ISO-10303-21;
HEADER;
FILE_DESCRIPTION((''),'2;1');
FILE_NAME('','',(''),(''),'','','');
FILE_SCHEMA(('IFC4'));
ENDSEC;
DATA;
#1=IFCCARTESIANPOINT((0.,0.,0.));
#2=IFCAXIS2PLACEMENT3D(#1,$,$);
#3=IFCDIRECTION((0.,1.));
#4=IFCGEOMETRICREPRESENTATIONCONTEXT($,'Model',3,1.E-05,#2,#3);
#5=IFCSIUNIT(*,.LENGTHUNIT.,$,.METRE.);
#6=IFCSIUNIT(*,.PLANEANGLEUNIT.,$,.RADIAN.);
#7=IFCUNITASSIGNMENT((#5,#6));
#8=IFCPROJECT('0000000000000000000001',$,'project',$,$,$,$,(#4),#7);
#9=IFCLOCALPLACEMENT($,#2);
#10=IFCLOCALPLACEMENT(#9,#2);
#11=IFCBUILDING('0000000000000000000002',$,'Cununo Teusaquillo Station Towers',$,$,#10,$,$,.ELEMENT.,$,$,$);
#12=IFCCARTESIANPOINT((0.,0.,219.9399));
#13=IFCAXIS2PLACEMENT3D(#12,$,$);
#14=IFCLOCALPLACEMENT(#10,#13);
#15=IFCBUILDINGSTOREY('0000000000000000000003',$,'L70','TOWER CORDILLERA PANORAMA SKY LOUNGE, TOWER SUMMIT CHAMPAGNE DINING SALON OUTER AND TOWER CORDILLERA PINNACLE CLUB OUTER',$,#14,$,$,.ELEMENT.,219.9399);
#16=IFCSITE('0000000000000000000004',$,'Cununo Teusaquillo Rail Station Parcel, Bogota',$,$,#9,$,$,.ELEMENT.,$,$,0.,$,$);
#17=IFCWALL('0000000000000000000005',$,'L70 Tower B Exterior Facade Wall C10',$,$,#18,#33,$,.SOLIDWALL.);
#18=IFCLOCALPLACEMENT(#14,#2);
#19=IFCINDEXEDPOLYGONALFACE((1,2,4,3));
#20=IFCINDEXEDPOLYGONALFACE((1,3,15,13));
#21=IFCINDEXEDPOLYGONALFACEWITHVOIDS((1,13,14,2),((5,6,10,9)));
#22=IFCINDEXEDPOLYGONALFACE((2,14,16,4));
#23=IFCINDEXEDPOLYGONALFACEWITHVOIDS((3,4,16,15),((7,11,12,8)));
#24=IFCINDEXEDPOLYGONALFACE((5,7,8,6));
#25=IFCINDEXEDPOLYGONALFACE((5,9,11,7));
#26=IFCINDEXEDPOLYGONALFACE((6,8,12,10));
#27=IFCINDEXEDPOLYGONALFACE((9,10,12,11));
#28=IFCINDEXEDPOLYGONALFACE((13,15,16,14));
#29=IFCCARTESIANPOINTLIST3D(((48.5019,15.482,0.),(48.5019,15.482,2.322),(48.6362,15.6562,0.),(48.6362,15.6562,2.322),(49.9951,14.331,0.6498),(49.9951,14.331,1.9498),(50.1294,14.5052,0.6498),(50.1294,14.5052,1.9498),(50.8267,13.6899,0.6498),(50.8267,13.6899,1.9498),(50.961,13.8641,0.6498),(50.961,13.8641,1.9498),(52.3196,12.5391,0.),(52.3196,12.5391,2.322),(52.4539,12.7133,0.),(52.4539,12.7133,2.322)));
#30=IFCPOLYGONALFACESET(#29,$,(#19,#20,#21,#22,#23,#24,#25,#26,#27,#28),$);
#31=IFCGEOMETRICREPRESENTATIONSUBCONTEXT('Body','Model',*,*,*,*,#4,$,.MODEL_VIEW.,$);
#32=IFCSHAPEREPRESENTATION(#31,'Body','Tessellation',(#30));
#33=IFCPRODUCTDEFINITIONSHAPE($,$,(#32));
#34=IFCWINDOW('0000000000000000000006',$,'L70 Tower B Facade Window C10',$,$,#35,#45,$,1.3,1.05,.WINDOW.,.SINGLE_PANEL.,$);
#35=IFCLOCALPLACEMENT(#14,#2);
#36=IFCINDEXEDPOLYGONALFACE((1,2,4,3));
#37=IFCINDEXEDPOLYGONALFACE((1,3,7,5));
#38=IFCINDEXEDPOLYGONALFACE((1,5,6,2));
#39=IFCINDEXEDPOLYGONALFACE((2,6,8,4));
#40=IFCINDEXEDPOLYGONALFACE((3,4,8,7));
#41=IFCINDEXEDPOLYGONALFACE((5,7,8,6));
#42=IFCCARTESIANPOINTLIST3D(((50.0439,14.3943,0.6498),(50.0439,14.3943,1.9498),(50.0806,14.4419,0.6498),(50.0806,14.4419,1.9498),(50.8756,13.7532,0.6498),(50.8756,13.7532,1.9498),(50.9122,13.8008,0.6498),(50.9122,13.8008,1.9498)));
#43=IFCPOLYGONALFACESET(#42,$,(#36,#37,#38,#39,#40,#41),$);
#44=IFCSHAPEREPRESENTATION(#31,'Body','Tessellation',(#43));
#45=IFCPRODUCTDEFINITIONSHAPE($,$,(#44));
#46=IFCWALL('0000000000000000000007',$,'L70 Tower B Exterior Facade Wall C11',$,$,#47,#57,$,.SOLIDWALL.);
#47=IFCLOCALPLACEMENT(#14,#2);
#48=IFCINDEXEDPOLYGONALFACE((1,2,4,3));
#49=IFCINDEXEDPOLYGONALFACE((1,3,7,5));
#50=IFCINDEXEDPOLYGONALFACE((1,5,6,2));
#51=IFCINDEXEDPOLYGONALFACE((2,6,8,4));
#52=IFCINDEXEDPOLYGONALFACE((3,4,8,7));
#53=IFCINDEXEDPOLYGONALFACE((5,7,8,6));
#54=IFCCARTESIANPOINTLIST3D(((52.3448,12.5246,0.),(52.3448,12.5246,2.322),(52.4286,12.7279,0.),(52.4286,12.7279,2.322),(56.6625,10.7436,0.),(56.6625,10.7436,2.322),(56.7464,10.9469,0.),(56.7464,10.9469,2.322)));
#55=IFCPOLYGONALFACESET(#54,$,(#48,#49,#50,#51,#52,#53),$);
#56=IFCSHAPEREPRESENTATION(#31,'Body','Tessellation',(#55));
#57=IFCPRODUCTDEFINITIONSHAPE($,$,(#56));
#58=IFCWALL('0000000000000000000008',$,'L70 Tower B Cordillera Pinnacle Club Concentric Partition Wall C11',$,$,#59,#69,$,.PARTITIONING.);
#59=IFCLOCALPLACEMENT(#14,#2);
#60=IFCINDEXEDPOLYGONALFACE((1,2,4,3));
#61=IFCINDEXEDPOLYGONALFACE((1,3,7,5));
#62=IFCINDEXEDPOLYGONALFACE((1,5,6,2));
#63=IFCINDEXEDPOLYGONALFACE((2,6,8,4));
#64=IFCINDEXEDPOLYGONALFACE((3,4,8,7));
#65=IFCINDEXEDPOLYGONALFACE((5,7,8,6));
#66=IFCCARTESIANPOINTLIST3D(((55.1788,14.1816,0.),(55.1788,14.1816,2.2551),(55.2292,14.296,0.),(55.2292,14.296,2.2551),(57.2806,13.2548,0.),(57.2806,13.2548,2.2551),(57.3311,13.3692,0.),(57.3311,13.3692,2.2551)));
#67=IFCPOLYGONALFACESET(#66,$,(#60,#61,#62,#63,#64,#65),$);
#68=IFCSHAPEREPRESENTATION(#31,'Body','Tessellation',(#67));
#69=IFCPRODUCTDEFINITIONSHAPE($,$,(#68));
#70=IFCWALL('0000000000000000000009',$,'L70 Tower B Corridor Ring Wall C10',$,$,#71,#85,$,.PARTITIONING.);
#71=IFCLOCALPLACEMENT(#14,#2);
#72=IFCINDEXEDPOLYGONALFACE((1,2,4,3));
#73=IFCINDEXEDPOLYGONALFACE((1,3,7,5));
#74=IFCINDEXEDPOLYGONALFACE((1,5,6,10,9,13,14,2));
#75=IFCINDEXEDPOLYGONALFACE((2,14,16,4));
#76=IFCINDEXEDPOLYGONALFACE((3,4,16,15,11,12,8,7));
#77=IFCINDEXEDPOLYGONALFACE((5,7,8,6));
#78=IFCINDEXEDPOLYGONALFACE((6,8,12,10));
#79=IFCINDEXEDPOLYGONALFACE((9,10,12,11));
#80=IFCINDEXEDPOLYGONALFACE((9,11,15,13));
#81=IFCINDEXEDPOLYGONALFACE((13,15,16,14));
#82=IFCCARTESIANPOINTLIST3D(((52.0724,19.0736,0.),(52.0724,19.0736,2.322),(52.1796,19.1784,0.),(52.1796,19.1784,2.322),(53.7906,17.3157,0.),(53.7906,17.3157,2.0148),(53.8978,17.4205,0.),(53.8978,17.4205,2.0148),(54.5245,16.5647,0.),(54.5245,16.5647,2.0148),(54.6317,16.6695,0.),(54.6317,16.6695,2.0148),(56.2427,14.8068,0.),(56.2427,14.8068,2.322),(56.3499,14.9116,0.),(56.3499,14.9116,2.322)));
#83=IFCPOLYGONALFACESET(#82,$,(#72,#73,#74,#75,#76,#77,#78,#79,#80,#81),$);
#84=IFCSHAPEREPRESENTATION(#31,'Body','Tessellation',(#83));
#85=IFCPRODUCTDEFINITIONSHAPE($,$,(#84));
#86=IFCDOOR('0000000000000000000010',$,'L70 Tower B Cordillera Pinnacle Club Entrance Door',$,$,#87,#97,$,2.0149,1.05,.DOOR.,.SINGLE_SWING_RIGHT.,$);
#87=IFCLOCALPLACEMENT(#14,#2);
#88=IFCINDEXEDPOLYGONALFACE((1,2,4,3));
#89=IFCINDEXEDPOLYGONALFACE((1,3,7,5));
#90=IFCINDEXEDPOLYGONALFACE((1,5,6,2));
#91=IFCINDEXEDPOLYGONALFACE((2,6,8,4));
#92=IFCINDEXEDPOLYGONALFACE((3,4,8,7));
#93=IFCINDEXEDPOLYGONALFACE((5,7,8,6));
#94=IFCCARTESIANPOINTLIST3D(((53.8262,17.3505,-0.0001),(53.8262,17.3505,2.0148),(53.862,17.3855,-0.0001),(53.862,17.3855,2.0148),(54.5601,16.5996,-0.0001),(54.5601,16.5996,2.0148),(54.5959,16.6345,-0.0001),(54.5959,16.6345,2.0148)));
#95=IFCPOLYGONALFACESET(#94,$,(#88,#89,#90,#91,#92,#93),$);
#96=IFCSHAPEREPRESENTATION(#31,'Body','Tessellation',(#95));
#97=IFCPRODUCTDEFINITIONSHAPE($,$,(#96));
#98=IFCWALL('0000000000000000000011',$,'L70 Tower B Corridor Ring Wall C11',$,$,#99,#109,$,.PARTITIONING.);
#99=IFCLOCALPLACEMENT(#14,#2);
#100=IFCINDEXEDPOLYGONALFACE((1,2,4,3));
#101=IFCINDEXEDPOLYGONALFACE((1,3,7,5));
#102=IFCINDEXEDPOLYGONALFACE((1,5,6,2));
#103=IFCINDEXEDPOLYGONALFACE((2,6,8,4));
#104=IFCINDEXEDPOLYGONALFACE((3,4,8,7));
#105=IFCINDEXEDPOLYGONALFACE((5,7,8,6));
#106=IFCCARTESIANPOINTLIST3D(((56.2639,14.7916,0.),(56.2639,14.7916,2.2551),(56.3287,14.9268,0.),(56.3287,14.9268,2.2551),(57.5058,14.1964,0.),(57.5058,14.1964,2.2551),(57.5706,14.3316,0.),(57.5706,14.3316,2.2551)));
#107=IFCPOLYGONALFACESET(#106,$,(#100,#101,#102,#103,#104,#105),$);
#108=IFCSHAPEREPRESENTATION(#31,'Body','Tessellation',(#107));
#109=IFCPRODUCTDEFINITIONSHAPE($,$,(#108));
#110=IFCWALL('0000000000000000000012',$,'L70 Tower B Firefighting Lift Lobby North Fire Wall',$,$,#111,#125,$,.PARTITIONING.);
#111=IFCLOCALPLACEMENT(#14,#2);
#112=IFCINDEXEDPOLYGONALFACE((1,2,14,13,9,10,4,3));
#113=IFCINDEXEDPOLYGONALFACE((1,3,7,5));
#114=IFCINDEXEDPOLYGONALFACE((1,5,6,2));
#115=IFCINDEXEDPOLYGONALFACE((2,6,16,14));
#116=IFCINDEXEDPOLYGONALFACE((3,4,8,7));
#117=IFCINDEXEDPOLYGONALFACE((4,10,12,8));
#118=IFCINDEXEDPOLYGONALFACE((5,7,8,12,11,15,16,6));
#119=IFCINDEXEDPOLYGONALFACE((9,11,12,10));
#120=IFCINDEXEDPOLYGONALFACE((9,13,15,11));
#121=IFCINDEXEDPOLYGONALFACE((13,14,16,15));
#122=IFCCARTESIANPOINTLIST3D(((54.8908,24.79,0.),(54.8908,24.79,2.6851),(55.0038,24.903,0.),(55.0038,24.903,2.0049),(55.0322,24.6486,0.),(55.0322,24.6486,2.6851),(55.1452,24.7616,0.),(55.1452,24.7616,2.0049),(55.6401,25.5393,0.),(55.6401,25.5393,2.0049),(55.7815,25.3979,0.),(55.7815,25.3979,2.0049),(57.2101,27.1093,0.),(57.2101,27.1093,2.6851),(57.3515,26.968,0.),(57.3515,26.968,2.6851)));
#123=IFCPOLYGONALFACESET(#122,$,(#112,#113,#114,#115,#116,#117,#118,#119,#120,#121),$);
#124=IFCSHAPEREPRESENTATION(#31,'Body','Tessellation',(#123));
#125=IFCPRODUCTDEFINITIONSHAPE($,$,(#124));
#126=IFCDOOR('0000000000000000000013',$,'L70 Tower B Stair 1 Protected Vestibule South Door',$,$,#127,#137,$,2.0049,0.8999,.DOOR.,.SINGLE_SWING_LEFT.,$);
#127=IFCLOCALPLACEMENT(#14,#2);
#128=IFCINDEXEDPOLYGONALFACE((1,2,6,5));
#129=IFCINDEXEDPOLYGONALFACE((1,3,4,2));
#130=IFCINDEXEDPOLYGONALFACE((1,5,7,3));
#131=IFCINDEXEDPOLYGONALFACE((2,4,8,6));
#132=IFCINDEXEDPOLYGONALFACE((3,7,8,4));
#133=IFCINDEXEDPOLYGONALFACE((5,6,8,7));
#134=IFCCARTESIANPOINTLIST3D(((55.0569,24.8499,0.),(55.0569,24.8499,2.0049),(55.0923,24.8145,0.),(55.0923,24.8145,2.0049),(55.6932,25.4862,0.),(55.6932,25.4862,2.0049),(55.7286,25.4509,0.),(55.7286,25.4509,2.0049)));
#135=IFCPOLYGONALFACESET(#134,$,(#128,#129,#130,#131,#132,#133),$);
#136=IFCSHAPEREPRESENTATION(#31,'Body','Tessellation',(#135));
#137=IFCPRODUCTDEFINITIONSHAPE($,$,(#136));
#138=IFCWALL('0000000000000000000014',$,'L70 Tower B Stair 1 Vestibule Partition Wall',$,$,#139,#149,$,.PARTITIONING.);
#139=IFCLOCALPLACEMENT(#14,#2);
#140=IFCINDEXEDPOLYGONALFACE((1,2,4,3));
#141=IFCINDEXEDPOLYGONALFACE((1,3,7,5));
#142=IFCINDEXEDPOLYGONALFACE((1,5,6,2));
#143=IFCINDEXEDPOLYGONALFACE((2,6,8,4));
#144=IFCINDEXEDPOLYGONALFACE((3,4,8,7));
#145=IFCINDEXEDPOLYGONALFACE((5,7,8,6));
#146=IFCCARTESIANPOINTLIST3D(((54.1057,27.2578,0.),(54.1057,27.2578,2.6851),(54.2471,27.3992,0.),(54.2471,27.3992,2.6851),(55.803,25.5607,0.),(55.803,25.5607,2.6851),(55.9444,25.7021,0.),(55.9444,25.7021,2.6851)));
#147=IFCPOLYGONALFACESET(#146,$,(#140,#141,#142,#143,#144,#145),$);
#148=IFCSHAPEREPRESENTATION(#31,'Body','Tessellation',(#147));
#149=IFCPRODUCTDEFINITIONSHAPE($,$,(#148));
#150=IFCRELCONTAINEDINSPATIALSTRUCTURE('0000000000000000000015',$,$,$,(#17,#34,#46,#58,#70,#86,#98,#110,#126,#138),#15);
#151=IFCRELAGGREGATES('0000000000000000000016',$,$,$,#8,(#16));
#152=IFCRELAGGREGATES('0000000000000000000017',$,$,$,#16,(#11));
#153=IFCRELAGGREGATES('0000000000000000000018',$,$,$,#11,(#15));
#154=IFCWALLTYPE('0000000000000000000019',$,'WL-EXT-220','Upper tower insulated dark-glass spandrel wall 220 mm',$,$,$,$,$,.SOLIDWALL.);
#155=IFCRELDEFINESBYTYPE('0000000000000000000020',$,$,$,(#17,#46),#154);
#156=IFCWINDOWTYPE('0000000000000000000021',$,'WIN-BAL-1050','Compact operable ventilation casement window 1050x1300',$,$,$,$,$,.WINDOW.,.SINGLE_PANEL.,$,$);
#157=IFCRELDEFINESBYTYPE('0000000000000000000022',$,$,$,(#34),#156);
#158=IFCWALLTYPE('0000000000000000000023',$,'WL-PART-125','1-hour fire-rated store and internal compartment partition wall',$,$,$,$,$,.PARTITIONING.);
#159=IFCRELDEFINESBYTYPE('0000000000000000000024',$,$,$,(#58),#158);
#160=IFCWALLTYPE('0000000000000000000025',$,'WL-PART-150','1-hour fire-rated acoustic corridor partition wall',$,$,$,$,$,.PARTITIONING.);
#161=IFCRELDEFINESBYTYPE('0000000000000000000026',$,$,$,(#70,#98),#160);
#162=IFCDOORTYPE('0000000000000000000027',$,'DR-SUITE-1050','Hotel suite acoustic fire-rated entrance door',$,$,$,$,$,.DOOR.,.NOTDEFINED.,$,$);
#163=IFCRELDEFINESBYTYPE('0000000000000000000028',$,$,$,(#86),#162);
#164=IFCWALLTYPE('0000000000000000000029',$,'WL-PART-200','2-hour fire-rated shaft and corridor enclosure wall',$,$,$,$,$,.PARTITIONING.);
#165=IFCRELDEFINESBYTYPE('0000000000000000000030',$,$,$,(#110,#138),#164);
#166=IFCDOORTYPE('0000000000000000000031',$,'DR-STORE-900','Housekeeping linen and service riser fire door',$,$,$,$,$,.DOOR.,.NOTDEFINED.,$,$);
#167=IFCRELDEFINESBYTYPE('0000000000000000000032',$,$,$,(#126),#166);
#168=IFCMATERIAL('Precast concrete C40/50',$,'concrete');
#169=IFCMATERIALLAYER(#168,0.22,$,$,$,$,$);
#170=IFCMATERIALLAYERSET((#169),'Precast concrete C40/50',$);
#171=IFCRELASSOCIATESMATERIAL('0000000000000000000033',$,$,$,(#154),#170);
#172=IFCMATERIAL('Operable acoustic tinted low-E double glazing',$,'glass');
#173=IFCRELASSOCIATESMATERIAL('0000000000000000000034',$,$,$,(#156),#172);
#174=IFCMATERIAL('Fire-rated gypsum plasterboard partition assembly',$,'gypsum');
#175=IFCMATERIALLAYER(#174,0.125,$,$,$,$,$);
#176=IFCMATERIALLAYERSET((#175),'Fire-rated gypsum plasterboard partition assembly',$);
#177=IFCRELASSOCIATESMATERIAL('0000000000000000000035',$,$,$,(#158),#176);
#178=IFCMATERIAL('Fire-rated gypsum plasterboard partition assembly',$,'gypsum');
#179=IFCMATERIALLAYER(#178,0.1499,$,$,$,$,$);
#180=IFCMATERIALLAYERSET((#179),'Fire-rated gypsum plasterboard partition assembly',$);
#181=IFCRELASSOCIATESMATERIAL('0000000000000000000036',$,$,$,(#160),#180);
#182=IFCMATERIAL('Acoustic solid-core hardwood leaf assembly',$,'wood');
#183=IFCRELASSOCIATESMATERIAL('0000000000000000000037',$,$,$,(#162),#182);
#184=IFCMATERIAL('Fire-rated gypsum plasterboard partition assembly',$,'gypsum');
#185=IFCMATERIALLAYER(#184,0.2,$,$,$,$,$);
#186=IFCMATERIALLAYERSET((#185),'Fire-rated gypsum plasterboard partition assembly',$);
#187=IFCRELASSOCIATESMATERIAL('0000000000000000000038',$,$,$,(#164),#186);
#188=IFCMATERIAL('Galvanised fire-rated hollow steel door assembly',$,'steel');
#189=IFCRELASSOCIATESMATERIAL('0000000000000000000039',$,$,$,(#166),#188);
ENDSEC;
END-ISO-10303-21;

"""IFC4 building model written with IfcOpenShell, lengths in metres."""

from ifc_helpers import new_model, si_unit, direction, frame, frame_2d, origin, place, context, subcontext, project, spatial, rectangle, extrude, source, transform, mapped, material, layer, layer_set, type_object, element, fill, save


model = new_model("IFC4")

# Units and contexts
model_context = context("Model", 3, precision=1e-05, world=origin(), true_north=direction((0.0, 1.0)))
body_context = subcontext(model_context, "Body", "Model", "MODEL_VIEW")
ifc_project = project(units=[si_unit("LENGTHUNIT", "METRE"), si_unit("PLANEANGLEUNIT", "RADIAN")], contexts=[model_context])

# Site, building, storey
site_placement = place(None, origin())
site = spatial("IfcSite", under=ifc_project, at=site_placement, Name="Cununo Teusaquillo Rail Station Parcel, Bogota", CompositionType="ELEMENT", RefElevation=0.0)
building_placement = place(site_placement, origin())
building = spatial("IfcBuilding", under=site, at=building_placement, Name="Cununo Teusaquillo Station Towers", CompositionType="ELEMENT")
storey_placement = place(building_placement, frame((0.0, 0.0, 219.9399)))
storey = spatial("IfcBuildingStorey", under=building, at=storey_placement, Name="L70", Description="TOWER CORDILLERA PANORAMA SKY LOUNGE, TOWER SUMMIT CHAMPAGNE DINING SALON OUTER AND TOWER CORDILLERA PINNACLE CLUB OUTER", CompositionType="ELEMENT", Elevation=219.9399)

# Wall, opening, window
ifc_material_1 = material(Name="Precast concrete C40/50", Category="concrete")
ifc_layer_1 = layer(ifc_material_1, 0.22)
ifc_layer_set_1 = layer_set([ifc_layer_1], Name="Precast concrete C40/50")
wall_type_1 = type_object("IfcWallType", Name="WL-EXT-220", Description="Upper tower insulated dark-glass spandrel wall 220 mm", PredefinedType="SOLIDWALL", material=ifc_layer_set_1)
wall_1_placement = place(storey_placement, frame((52.3867, 12.6262, 0.0), z_axis=(0.0, 0.0, 1.0), x_axis=(-0.791998, 0.610523, 0.0)))
wall_1 = element("IfcWall", 1, at=wall_1_placement, inside=storey, type_object=wall_type_1, Name="L70 Tower B Exterior Facade Wall C10", PredefinedType="SOLIDWALL", context=body_context, shape_type="SweptSolid", body=[
    extrude(rectangle(XDim=4.8203, YDim=0.22, at=frame_2d((2.4102, 0.0))), origin(), (0.0, 0.0, 1.0), 2.322),
])
shared_shape_1 = source(origin(), body_context, "Body", "SweptSolid", [
    extrude(rectangle(XDim=1.05, YDim=1.3, at=frame_2d((0.5249, 0.6499))), frame((0.0, 0.1199, 0.0), z_axis=(0.0, -1.0, 0.0), x_axis=(1.0, 0.0, 0.0)), (0.0, 0.0, 1.0), 0.24),
])
opening_1_placement = place(wall_1_placement, frame((1.885, 0.0, 0.6499)))
opening_1 = element("IfcOpeningElement", 2, at=opening_1_placement, cuts=wall_1, PredefinedType="OPENING", context=body_context, shape_type="MappedRepresentation", body=[
    mapped(shared_shape_1, transform((0.0, 0.0, 0.0), x_axis=(1.0, 0.0, 0.0), y_axis=(0.0, 1.0, 0.0), z_axis=(0.0, 0.0, 1.0), scale=1.0)),
])
ifc_material_2 = material(Name="Operable acoustic tinted low-E double glazing", Category="glass")
window_type = type_object("IfcWindowType", Name="WIN-BAL-1050", Description="Compact operable ventilation casement window 1050x1300", PartitioningType="SINGLE_PANEL", PredefinedType="WINDOW", material=ifc_material_2)
shared_shape_2 = source(origin(), body_context, "Body", "SweptSolid", [
    extrude(rectangle(XDim=1.05, YDim=1.3, at=frame_2d((0.5249, 0.6499))), frame((0.0, 0.03, 0.0), z_axis=(0.0, -1.0, 0.0), x_axis=(1.0, 0.0, 0.0)), (0.0, 0.0, 1.0), 0.0601),
])
window_placement = place(opening_1_placement, origin())
window = element("IfcWindow", 3, at=window_placement, inside=storey, type_object=window_type, Name="L70 Tower B Facade Window C10", OverallHeight=1.3, OverallWidth=1.05, PartitioningType="SINGLE_PANEL", PredefinedType="WINDOW", context=body_context, shape_type="MappedRepresentation", body=[
    mapped(shared_shape_2, transform((0.0, 0.0, 0.0), x_axis=(1.0, 0.0, 0.0), y_axis=(0.0, 1.0, 0.0), z_axis=(0.0, 0.0, 1.0), scale=1.0)),
])
fill(opening_1, window)

# Walls
wall_2_placement = place(storey_placement, frame((56.7046, 10.8452, 0.0), z_axis=(0.0, 0.0, 1.0), x_axis=(-0.924447, 0.38131, 0.0)))
element("IfcWall", 4, at=wall_2_placement, inside=storey, type_object=wall_type_1, Name="L70 Tower B Exterior Facade Wall C11", PredefinedType="SOLIDWALL", context=body_context, shape_type="SweptSolid", body=[
    extrude(rectangle(XDim=4.6707, YDim=0.22, at=frame_2d((2.3354, 0.0))), origin(), (0.0, 0.0, 1.0), 2.322),
])
ifc_material_3 = material(Name="Fire-rated gypsum plasterboard partition assembly", Category="gypsum")
ifc_layer_2 = layer(ifc_material_3, 0.125)
ifc_layer_set_2 = layer_set([ifc_layer_2], Name="Fire-rated gypsum plasterboard partition assembly")
wall_type_2 = type_object("IfcWallType", Name="WL-PART-125", Description="1-hour fire-rated store and internal compartment partition wall", PredefinedType="PARTITIONING", material=ifc_layer_set_2)
wall_3_placement = place(storey_placement, frame((55.2041, 14.2388, 0.0), z_axis=(0.0, 0.0, 1.0), x_axis=(0.915, -0.403454, 0.0)))
element("IfcWall", 5, at=wall_3_placement, inside=storey, type_object=wall_type_2, Name="L70 Tower B Cordillera Pinnacle Club Concentric Partition Wall C11", PredefinedType="PARTITIONING", context=body_context, shape_type="SweptSolid", body=[
    extrude(rectangle(XDim=2.2971, YDim=0.125, at=frame_2d((1.1484, 0.0))), origin(), (0.0, 0.0, 1.0), 2.2551),
])

# Wall, opening, door
ifc_material_4 = material(Name="Fire-rated gypsum plasterboard partition assembly", Category="gypsum")
ifc_layer_3 = layer(ifc_material_4, 0.1499)
ifc_layer_set_3 = layer_set([ifc_layer_3], Name="Fire-rated gypsum plasterboard partition assembly")
wall_type_3 = type_object("IfcWallType", Name="WL-PART-150", Description="1-hour fire-rated acoustic corridor partition wall", PredefinedType="PARTITIONING", material=ifc_layer_set_3)
wall_4_placement = place(storey_placement, frame((52.126, 19.126, 0.0), z_axis=(0.0, 0.0, 1.0), x_axis=(0.698979, -0.715142, 0.0)))
wall_4 = element("IfcWall", 6, at=wall_4_placement, inside=storey, type_object=wall_type_3, Name="L70 Tower B Corridor Ring Wall C10", PredefinedType="PARTITIONING", context=body_context, shape_type="SweptSolid", body=[
    extrude(rectangle(XDim=5.9663, YDim=0.1499, at=frame_2d((2.9832, 0.0))), origin(), (0.0, 0.0, 1.0), 2.322),
])
shared_shape_3 = source(origin(), body_context, "Body", "SweptSolid", [
    extrude(rectangle(XDim=1.05, YDim=2.0149, at=frame_2d((0.5249, 1.0073))), frame((0.0, 0.085, 0.0), z_axis=(0.0, -1.0, 0.0), x_axis=(1.0, 0.0, 0.0)), (0.0, 0.0, 1.0), 0.1699),
])
opening_2_placement = place(wall_4_placement, frame((2.4583, 0.0, 0.0)))
opening_2 = element("IfcOpeningElement", 7, at=opening_2_placement, cuts=wall_4, PredefinedType="OPENING", context=body_context, shape_type="MappedRepresentation", body=[
    mapped(shared_shape_3, transform((0.0, 0.0, 0.0), x_axis=(1.0, 0.0, 0.0), y_axis=(0.0, 1.0, 0.0), z_axis=(0.0, 0.0, 1.0), scale=1.0)),
])
ifc_material_5 = material(Name="Acoustic solid-core hardwood leaf assembly", Category="wood")
door_type_1 = type_object("IfcDoorType", Name="DR-SUITE-1050", Description="Hotel suite acoustic fire-rated entrance door", OperationType="NOTDEFINED", PredefinedType="DOOR", material=ifc_material_5)
shared_shape_4 = source(origin(), body_context, "Body", "SweptSolid", [
    extrude(rectangle(XDim=1.05, YDim=2.0149, at=frame_2d((0.5249, 1.0073))), frame((0.0, 0.0249, 0.0), z_axis=(0.0, -1.0, 0.0), x_axis=(1.0, 0.0, 0.0)), (0.0, 0.0, 1.0), 0.05),
])
door_1_placement = place(opening_2_placement, origin())
door_1 = element("IfcDoor", 8, at=door_1_placement, inside=storey, type_object=door_type_1, Name="L70 Tower B Cordillera Pinnacle Club Entrance Door", OperationType="SINGLE_SWING_RIGHT", OverallHeight=2.0149, OverallWidth=1.05, PredefinedType="DOOR", context=body_context, shape_type="MappedRepresentation", body=[
    mapped(shared_shape_4, transform((0.0, 0.0, 0.0), x_axis=(1.0, 0.0, 0.0), y_axis=(0.0, 1.0, 0.0), z_axis=(0.0, 0.0, 1.0), scale=1.0)),
])
fill(opening_2, door_1)

# Wall
wall_5_placement = place(storey_placement, frame((56.2964, 14.8591, 0.0), z_axis=(0.0, 0.0, 1.0), x_axis=(0.901783, -0.432189, 0.0)))
element("IfcWall", 9, at=wall_5_placement, inside=storey, type_object=wall_type_3, Name="L70 Tower B Corridor Ring Wall C11", PredefinedType="PARTITIONING", context=body_context, shape_type="SweptSolid", body=[
    extrude(rectangle(XDim=1.3772, YDim=0.1499, at=frame_2d((0.6885, 0.0))), origin(), (0.0, 0.0, 1.0), 2.2551),
])

# Wall, opening, door
ifc_material_6 = material(Name="Fire-rated gypsum plasterboard partition assembly", Category="gypsum")
ifc_layer_4 = layer(ifc_material_6, 0.2)
ifc_layer_set_4 = layer_set([ifc_layer_4], Name="Fire-rated gypsum plasterboard partition assembly")
wall_type_4 = type_object("IfcWallType", Name="WL-PART-200", Description="2-hour fire-rated shaft and corridor enclosure wall", PredefinedType="PARTITIONING", material=ifc_layer_set_4)
wall_6_placement = place(storey_placement, frame((54.9614, 24.7192, 0.0), z_axis=(0.0, 0.0, 1.0), x_axis=(0.707107, 0.707107, 0.0)))
wall_6 = element("IfcWall", 10, at=wall_6_placement, inside=storey, type_object=wall_type_4, Name="L70 Tower B Firefighting Lift Lobby North Fire Wall", PredefinedType="PARTITIONING", context=body_context, shape_type="SweptSolid", body=[
    extrude(rectangle(XDim=3.28, YDim=0.2, at=frame_2d((1.6401, 0.0))), origin(), (0.0, 0.0, 1.0), 2.6851),
])
shared_shape_5 = source(origin(), body_context, "Body", "SweptSolid", [
    extrude(rectangle(XDim=0.8999, YDim=2.0049, at=frame_2d((0.45, 1.0024))), frame((0.0, 0.1099, 0.0), z_axis=(0.0, -1.0, 0.0), x_axis=(1.0, 0.0, 0.0)), (0.0, 0.0, 1.0), 0.22),
])
opening_3_placement = place(wall_6_placement, frame((0.1599, 0.0, 0.0)))
opening_3 = element("IfcOpeningElement", 11, at=opening_3_placement, cuts=wall_6, PredefinedType="OPENING", context=body_context, shape_type="MappedRepresentation", body=[
    mapped(shared_shape_5, transform((0.0, 0.0, 0.0), x_axis=(1.0, 0.0, 0.0), y_axis=(0.0, 1.0, 0.0), z_axis=(0.0, 0.0, 1.0), scale=1.0)),
])
ifc_material_7 = material(Name="Galvanised fire-rated hollow steel door assembly", Category="steel")
door_type_2 = type_object("IfcDoorType", Name="DR-STORE-900", Description="Housekeeping linen and service riser fire door", OperationType="NOTDEFINED", PredefinedType="DOOR", material=ifc_material_7)
shared_shape_6 = source(origin(), body_context, "Body", "SweptSolid", [
    extrude(rectangle(XDim=0.8999, YDim=2.0049, at=frame_2d((0.45, 1.0024))), frame((0.0, 0.0249, 0.0), z_axis=(0.0, -1.0, 0.0), x_axis=(1.0, 0.0, 0.0)), (0.0, 0.0, 1.0), 0.05),
])
door_2_placement = place(opening_3_placement, origin())
door_2 = element("IfcDoor", 12, at=door_2_placement, inside=storey, type_object=door_type_2, Name="L70 Tower B Stair 1 Protected Vestibule South Door", OperationType="SINGLE_SWING_LEFT", OverallHeight=2.0049, OverallWidth=0.8999, PredefinedType="DOOR", context=body_context, shape_type="MappedRepresentation", body=[
    mapped(shared_shape_6, transform((0.0, 0.0, 0.0), x_axis=(1.0, 0.0, 0.0), y_axis=(0.0, 1.0, 0.0), z_axis=(0.0, 0.0, 1.0), scale=1.0)),
])
fill(opening_3, door_2)

# Wall
wall_7_placement = place(storey_placement, frame((55.8738, 25.6313, 0.0), z_axis=(0.0, 0.0, 1.0), x_axis=(-0.707158, 0.707056, 0.0)))
element("IfcWall", 13, at=wall_7_placement, inside=storey, type_object=wall_type_4, Name="L70 Tower B Stair 1 Vestibule Partition Wall", PredefinedType="PARTITIONING", context=body_context, shape_type="SweptSolid", body=[
    extrude(rectangle(XDim=2.4001, YDim=0.2, at=frame_2d((1.2002, 0.0))), origin(), (0.0, 0.0, 1.0), 2.6851),
])

save(model, "model.ifc")
